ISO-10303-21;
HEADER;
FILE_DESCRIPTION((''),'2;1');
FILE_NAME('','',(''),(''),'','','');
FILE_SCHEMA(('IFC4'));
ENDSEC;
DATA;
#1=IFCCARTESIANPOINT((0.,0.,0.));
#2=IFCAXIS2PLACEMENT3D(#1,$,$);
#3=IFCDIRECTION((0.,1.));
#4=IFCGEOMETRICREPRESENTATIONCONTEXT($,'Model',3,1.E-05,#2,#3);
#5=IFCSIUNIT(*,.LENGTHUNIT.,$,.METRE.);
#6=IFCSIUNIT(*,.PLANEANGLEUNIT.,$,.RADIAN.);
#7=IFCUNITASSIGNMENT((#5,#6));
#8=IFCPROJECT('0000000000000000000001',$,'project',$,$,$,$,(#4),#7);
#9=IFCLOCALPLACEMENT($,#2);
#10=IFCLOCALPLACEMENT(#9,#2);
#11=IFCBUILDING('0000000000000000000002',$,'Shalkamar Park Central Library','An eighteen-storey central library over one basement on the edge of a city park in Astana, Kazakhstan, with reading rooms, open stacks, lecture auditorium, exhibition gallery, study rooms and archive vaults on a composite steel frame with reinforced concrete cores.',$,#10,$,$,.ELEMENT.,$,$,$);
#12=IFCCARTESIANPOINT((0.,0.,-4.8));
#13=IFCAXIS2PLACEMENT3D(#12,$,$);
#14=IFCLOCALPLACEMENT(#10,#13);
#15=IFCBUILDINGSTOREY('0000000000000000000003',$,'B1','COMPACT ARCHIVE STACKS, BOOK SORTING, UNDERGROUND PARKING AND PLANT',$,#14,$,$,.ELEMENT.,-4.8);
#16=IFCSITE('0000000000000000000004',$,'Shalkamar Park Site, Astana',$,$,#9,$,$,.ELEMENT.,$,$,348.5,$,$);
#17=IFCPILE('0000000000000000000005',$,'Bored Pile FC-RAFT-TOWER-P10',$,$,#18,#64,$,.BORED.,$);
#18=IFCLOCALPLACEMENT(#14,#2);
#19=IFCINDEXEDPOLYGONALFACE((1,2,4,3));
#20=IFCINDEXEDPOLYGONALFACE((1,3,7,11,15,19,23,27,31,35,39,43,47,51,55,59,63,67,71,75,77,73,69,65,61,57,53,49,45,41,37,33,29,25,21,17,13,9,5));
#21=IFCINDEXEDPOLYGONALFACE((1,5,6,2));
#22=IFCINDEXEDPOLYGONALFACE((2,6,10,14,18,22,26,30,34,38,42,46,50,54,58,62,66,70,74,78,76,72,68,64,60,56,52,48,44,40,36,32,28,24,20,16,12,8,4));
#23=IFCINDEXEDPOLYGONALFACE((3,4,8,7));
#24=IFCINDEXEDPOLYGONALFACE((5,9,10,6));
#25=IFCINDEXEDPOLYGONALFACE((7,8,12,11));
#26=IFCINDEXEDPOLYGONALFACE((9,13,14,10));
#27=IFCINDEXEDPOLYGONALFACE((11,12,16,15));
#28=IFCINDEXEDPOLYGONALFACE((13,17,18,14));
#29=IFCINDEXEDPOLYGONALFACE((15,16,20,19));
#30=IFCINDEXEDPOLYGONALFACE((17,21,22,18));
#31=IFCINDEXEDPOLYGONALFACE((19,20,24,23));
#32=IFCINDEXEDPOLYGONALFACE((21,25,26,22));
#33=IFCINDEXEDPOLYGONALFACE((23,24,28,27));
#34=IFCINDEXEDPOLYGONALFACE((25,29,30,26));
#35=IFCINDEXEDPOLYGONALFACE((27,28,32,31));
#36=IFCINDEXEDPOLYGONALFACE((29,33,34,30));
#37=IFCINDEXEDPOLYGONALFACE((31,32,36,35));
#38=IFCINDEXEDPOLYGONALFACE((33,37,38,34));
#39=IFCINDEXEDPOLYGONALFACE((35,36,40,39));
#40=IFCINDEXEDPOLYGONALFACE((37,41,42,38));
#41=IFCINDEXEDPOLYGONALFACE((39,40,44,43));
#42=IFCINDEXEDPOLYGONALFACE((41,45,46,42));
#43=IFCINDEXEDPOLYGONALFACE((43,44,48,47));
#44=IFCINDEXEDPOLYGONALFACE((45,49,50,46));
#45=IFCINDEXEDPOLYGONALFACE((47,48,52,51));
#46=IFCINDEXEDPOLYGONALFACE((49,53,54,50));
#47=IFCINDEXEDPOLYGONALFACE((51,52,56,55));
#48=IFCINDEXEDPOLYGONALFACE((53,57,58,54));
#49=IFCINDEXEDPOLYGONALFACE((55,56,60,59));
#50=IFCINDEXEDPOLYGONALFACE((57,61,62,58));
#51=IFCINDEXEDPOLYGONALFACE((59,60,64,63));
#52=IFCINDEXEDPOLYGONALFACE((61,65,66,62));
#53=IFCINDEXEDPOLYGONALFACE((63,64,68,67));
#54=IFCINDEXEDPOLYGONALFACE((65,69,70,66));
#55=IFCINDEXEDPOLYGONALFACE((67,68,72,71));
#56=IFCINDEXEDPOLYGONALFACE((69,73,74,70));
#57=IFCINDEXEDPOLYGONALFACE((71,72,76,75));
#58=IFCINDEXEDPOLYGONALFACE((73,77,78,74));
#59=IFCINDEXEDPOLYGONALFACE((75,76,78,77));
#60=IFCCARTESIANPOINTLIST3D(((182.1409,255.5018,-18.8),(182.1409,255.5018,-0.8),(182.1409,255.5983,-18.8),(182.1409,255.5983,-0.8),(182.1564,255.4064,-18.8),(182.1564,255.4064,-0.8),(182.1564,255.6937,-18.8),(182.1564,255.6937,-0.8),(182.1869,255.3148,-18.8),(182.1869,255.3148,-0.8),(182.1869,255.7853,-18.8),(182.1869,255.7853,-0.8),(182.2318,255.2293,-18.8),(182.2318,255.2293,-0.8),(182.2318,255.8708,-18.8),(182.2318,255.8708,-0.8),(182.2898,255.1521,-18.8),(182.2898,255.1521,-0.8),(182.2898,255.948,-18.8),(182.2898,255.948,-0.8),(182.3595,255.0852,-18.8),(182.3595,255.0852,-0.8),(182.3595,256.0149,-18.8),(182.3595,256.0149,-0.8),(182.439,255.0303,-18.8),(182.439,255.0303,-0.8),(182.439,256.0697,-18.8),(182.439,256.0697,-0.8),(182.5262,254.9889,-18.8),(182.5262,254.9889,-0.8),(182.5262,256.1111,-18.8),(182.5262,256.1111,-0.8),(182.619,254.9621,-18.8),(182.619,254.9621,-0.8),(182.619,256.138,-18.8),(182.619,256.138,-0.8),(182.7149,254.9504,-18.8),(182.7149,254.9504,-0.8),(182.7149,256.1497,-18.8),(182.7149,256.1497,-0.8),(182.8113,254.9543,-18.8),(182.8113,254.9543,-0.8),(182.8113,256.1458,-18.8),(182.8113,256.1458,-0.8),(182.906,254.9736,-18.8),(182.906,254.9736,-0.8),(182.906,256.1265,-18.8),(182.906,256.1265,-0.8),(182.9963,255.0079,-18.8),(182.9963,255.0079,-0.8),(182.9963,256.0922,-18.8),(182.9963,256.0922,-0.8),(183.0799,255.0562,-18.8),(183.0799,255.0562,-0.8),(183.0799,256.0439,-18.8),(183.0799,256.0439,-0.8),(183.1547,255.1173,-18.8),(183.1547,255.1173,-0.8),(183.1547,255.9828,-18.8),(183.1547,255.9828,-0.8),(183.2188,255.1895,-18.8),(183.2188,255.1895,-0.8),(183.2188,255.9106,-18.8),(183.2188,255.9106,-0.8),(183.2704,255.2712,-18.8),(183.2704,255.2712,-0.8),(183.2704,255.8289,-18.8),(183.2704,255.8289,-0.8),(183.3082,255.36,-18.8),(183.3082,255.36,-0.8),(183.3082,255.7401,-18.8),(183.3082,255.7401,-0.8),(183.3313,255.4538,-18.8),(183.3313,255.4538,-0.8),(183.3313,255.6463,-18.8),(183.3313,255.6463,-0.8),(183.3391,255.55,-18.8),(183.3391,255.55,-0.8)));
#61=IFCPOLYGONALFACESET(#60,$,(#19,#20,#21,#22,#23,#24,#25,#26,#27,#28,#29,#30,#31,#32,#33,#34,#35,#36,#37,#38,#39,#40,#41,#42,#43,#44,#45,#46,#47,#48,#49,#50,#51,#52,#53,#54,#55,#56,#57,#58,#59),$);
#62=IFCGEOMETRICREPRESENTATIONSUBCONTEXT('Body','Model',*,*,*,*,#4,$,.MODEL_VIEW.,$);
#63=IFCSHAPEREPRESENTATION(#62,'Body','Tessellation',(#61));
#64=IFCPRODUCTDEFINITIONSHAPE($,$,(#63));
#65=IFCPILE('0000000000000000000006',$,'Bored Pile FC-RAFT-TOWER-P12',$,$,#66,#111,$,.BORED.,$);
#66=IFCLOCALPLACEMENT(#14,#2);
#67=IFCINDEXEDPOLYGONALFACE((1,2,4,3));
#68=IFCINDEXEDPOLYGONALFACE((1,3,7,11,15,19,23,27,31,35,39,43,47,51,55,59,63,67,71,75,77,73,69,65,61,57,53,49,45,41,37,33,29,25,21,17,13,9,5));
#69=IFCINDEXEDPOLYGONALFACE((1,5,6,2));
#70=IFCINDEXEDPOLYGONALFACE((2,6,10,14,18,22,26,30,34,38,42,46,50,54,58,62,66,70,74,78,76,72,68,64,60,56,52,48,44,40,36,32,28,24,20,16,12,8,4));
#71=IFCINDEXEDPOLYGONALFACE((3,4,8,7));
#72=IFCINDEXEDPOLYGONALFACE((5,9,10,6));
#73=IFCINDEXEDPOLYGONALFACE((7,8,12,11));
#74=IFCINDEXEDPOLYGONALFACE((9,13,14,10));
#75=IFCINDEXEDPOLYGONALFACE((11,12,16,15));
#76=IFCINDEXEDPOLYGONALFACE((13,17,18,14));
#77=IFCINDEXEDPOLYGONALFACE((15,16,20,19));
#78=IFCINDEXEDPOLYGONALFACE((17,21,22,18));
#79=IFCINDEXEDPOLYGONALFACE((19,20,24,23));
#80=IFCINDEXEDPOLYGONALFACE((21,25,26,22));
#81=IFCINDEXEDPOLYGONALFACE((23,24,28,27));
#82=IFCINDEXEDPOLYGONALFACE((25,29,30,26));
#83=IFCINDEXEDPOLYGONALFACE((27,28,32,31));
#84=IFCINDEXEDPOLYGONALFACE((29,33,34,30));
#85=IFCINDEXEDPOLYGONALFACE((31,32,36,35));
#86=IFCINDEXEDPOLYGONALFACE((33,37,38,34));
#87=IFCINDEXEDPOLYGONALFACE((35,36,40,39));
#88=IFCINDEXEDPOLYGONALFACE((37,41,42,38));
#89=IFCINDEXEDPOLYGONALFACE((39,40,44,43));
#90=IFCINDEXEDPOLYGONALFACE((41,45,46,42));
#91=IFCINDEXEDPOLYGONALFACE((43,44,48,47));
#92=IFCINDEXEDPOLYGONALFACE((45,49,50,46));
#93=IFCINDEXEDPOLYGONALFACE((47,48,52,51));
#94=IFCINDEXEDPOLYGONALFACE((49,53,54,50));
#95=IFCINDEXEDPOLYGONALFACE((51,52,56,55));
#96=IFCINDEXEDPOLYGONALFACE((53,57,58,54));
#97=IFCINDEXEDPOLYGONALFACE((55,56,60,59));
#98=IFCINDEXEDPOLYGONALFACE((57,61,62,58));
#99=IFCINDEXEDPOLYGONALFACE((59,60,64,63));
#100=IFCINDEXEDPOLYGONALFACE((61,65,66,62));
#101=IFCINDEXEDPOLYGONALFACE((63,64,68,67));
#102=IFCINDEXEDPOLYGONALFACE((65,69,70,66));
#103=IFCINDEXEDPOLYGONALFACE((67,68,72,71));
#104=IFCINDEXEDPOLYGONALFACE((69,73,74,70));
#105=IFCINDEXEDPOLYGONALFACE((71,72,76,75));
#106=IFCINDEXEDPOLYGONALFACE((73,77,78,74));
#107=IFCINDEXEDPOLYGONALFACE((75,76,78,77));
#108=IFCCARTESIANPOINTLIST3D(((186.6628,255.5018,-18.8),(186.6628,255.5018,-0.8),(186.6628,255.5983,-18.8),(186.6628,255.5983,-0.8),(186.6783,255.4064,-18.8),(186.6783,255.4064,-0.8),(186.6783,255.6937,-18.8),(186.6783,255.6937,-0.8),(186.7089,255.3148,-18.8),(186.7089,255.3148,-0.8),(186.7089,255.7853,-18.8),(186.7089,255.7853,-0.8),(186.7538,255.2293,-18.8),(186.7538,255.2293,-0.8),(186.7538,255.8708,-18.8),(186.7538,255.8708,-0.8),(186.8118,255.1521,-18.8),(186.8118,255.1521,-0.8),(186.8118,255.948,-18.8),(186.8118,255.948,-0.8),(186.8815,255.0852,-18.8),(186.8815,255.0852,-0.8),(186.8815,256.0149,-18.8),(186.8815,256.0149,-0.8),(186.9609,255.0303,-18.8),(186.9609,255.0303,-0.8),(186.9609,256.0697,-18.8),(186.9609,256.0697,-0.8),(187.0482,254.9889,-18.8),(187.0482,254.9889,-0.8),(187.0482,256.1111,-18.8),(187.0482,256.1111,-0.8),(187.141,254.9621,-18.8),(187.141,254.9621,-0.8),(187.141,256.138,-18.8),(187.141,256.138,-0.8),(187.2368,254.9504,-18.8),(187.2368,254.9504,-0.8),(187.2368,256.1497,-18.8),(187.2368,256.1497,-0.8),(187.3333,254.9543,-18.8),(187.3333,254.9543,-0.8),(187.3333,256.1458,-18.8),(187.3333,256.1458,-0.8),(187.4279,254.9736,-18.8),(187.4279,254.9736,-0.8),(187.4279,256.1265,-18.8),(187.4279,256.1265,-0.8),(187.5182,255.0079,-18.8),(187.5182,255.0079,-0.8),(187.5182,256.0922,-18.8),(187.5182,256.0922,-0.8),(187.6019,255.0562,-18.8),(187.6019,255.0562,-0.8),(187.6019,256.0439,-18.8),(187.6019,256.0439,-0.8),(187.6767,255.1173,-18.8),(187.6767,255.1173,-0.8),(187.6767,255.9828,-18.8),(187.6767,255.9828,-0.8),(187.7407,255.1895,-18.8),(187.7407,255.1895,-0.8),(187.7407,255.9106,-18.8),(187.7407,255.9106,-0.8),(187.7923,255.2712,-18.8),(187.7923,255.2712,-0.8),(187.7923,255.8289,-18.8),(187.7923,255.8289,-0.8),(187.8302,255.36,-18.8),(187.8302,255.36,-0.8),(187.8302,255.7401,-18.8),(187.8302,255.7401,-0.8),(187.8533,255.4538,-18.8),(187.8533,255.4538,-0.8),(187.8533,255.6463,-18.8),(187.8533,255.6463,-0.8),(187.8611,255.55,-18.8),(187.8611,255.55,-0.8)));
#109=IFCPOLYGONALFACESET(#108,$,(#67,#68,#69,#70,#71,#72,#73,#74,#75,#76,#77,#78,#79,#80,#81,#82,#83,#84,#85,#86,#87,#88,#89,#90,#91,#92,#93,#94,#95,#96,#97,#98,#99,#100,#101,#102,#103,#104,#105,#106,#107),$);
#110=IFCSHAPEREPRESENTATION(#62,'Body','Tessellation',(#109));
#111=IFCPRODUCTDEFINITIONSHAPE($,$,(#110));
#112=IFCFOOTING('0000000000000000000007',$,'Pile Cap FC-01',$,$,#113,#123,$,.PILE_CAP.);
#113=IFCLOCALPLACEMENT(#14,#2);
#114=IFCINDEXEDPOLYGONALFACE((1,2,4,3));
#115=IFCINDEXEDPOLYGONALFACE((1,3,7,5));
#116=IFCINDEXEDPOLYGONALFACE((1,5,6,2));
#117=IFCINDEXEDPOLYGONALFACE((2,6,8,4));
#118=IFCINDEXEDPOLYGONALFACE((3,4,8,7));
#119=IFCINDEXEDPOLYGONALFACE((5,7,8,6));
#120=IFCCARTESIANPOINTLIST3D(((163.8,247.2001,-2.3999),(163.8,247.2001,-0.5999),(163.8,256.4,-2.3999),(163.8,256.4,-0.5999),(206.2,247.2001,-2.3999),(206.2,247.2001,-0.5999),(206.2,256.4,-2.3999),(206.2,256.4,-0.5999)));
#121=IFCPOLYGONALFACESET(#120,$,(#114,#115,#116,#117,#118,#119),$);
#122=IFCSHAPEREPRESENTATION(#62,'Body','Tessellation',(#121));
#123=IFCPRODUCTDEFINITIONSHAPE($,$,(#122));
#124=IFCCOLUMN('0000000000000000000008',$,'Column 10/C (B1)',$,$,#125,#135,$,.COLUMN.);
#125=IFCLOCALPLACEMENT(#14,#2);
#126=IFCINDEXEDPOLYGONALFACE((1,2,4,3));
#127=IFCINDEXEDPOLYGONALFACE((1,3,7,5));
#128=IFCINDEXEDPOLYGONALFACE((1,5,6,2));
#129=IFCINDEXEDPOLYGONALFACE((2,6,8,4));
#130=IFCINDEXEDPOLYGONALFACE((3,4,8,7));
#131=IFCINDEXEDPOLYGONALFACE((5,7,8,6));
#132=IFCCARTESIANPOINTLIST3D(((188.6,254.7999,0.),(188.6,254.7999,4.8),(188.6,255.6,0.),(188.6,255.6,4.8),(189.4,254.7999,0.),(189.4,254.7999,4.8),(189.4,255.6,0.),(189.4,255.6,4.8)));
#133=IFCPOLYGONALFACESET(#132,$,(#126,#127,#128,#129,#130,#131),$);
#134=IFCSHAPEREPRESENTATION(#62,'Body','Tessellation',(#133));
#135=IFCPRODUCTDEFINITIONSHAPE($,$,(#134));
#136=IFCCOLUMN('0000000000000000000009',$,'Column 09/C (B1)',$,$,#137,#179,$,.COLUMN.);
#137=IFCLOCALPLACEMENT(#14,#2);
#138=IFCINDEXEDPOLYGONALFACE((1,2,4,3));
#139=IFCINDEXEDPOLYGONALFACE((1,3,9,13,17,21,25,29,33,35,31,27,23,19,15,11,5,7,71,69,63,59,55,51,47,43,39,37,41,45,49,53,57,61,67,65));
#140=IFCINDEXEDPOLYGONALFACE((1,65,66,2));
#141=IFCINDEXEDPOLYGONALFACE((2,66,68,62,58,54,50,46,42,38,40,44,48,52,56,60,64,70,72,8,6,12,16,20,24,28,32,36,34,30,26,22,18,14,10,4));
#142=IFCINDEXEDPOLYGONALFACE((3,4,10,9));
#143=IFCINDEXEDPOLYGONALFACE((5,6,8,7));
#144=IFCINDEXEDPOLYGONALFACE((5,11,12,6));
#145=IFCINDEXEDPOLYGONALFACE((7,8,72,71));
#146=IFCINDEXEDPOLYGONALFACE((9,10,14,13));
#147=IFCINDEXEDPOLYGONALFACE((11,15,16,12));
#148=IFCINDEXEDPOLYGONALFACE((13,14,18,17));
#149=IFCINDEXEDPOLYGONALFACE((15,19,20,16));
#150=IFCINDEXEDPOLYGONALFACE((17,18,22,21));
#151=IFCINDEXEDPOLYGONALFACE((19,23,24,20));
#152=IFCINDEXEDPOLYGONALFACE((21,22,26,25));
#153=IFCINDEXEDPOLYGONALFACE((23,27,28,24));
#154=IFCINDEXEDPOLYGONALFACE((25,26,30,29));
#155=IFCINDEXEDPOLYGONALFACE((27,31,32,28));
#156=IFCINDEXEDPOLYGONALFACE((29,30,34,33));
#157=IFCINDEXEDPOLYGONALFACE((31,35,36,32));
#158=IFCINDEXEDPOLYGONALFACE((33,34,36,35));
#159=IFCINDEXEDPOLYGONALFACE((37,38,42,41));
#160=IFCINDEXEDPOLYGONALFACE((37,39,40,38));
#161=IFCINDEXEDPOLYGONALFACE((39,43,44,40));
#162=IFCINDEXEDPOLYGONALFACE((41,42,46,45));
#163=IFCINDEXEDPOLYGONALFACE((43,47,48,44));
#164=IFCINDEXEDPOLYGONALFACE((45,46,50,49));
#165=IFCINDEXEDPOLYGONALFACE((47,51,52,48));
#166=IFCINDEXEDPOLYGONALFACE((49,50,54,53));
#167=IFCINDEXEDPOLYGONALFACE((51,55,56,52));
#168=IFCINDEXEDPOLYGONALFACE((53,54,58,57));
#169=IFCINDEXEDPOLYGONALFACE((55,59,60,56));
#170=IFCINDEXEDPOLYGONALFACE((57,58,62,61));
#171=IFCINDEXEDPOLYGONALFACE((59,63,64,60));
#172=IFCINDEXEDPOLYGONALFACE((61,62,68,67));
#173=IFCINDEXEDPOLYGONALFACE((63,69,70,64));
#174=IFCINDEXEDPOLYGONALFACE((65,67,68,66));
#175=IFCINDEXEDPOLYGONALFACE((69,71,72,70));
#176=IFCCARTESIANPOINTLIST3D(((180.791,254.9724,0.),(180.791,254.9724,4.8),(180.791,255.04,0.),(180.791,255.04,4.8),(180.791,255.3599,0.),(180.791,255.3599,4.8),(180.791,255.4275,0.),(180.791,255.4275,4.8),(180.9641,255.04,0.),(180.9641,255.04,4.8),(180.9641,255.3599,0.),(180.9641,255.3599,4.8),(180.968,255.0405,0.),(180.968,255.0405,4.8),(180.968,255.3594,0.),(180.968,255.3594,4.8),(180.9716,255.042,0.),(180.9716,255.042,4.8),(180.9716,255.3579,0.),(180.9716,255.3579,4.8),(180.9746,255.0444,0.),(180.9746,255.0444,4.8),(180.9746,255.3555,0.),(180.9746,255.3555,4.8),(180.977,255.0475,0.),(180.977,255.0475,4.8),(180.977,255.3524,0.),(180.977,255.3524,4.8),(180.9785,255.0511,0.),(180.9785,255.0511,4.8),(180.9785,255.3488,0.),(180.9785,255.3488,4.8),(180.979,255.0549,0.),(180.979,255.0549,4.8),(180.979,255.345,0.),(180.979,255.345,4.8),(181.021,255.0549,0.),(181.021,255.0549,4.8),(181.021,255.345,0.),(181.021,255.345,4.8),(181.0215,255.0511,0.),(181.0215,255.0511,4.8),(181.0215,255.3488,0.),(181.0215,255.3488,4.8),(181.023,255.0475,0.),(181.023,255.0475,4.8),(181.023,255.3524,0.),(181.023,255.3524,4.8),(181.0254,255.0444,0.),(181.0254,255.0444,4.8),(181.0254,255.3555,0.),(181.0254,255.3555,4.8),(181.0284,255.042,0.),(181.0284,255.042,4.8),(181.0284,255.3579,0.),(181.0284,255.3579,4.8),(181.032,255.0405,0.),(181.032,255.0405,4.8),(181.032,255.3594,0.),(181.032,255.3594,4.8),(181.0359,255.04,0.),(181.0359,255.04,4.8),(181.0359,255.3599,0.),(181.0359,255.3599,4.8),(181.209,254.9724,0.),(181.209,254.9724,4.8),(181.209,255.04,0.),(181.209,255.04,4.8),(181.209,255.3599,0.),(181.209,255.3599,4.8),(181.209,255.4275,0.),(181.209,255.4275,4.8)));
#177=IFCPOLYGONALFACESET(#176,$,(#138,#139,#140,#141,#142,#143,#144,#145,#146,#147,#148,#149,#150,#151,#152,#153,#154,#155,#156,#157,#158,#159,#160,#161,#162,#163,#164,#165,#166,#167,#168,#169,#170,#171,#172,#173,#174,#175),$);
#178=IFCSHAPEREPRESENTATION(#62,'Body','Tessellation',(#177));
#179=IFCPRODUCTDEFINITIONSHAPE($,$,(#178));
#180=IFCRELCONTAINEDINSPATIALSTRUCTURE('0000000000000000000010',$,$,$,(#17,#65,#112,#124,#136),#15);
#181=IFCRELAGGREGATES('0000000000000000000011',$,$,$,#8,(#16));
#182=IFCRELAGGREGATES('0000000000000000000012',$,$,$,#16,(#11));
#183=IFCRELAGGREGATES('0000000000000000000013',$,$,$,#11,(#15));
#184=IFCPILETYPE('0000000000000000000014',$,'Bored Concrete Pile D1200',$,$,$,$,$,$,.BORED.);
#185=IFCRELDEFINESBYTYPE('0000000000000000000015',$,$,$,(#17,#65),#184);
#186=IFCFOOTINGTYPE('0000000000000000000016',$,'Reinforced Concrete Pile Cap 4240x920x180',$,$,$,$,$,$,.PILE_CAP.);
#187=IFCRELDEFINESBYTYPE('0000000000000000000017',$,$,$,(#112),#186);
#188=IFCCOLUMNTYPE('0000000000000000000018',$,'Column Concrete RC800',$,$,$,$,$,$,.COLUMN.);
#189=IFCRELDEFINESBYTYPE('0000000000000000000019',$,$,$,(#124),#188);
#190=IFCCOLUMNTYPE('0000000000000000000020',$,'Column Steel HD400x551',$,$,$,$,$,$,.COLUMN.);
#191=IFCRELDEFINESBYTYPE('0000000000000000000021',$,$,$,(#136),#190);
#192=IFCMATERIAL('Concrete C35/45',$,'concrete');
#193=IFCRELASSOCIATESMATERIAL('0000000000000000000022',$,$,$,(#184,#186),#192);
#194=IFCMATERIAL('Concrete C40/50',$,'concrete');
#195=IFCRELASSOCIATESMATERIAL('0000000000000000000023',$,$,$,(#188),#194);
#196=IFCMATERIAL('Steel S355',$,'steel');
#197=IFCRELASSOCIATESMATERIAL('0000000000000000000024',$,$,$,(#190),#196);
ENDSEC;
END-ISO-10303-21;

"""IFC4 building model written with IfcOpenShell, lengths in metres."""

from ifc_helpers import new_model, si_unit, direction, frame, origin, origin_2d, place, context, subcontext, project, spatial, rectangle, circle, i_section, extrude, material, material_profile, profile_set, type_object, element, save


model = new_model("IFC4")

# Units and contexts
model_context = context("Model", 3, precision=1e-05, world=origin(), true_north=direction((0.0, 1.0)))
body_context = subcontext(model_context, "Body", "Model", "MODEL_VIEW")
ifc_project = project(units=[si_unit("LENGTHUNIT", "METRE"), si_unit("PLANEANGLEUNIT", "RADIAN")], contexts=[model_context])

# Site, building, storey
site_placement = place(None, origin())
site = spatial("IfcSite", under=ifc_project, at=site_placement, Name="Shalkamar Park Site, Astana", CompositionType="ELEMENT", RefElevation=348.5)
building_placement = place(site_placement, origin())
building = spatial("IfcBuilding", under=site, at=building_placement, Name="Shalkamar Park Central Library", Description="An eighteen-storey central library over one basement on the edge of a city park in Astana, Kazakhstan, with reading rooms, open stacks, lecture auditorium, exhibition gallery, study rooms and archive vaults on a composite steel frame with reinforced concrete cores.", CompositionType="ELEMENT")
storey_placement = place(building_placement, frame((0.0, 0.0, -4.8)))
storey = spatial("IfcBuildingStorey", under=building, at=storey_placement, Name="B1", Description="COMPACT ARCHIVE STACKS, BOOK SORTING, UNDERGROUND PARKING AND PLANT", CompositionType="ELEMENT", Elevation=-4.8)

# Piles
ifc_material_1 = material(Name="Concrete C35/45", Category="concrete")
ifc_material_profile_1 = material_profile(ifc_material_1, circle(Radius=0.6001, at=origin_2d()), Name="PILE D1200")
ifc_profile_set_1 = profile_set([ifc_material_profile_1], Name="Concrete C35/45")
pile_type = type_object("IfcPileType", Name="Bored Concrete Pile D1200", PredefinedType="BORED", material=ifc_profile_set_1)
for number, where, z_axis, x_axis, name in (
    (1, (182.739, 255.55, -0.8), (0.0, 0.0, -1.0), (1.0, 0.0, 0.0), "Bored Pile FC-RAFT-TOWER-P10"),
    (2, (187.261, 255.55, -0.8), (0.0, 0.0, -1.0), (1.0, 0.0, 0.0), "Bored Pile FC-RAFT-TOWER-P12"),
):
    element("IfcPile", number, at=place(storey_placement, frame(where, z_axis=z_axis, x_axis=x_axis)), inside=storey, type_object=pile_type, Name=name, PredefinedType="BORED", context=body_context, shape_type="SweptSolid", body=[
        extrude(circle(Radius=0.6001, at=origin_2d()), origin(), (0.0, 0.0, 1.0), 18.0),
    ])

# Footing
footing_type = type_object("IfcFootingType", Name="Reinforced Concrete Pile Cap 4240x920x180", PredefinedType="PILE_CAP", material=ifc_material_1)
footing_placement = place(storey_placement, frame((185.0, 251.8, -2.3999), z_axis=(0.0, 0.0, 1.0), x_axis=(1.0, 0.0, 0.0)))
element("IfcFooting", 3, at=footing_placement, inside=storey, type_object=footing_type, Name="Pile Cap FC-01", PredefinedType="PILE_CAP", context=body_context, shape_type="SweptSolid", body=[
    extrude(rectangle(XDim=42.3999, YDim=9.2, at=origin_2d()), origin(), (0.0, 0.0, 1.0), 1.8),
])

# Columns
ifc_material_2 = material(Name="Concrete C40/50", Category="concrete")
ifc_material_profile_2 = material_profile(ifc_material_2, rectangle(XDim=0.8, YDim=0.8, at=origin_2d()), Name="RC 800x800")
ifc_profile_set_2 = profile_set([ifc_material_profile_2], Name="Concrete C40/50")
column_type_1 = type_object("IfcColumnType", Name="Column Concrete RC800", PredefinedType="COLUMN", material=ifc_profile_set_2)
column_placement = place(storey_placement, frame((189.0, 255.2, 0.0), z_axis=(0.0, 0.0, 1.0), x_axis=(1.0, 0.0, 0.0)))
element("IfcColumn", 4, at=column_placement, inside=storey, type_object=column_type_1, Name="Column 10/C (B1)", PredefinedType="COLUMN", context=body_context, shape_type="SweptSolid", body=[
    extrude(rectangle(XDim=0.8, YDim=0.8, at=origin_2d()), origin(), (0.0, 0.0, 1.0), 4.8),
])
ifc_material_3 = material(Name="Steel S355", Category="steel")
ifc_material_profile_3 = material_profile(ifc_material_3, i_section(OverallWidth=0.418, OverallDepth=0.4551, WebThickness=0.042, FlangeThickness=0.0676, FilletRadius=0.0149, at=origin_2d()), Name="HD 400x551")
ifc_profile_set_3 = profile_set([ifc_material_profile_3], Name="Steel S355")
column_type_2 = type_object("IfcColumnType", Name="Column Steel HD400x551", PredefinedType="COLUMN", material=ifc_profile_set_3)
for number, where, z_axis, x_axis, name in (
    (5, (181.0, 255.2, 0.0), (0.0, 0.0, 1.0), (1.0, 0.0, 0.0), "Column 09/C (B1)"),
):
    element("IfcColumn", number, at=place(storey_placement, frame(where, z_axis=z_axis, x_axis=x_axis)), inside=storey, type_object=column_type_2, Name=name, PredefinedType="COLUMN", context=body_context, shape_type="SweptSolid", body=[
        extrude(i_section(OverallWidth=0.418, OverallDepth=0.4551, WebThickness=0.042, FlangeThickness=0.0676, FilletRadius=0.0149, at=origin_2d()), origin(), (0.0, 0.0, 1.0), 4.8),
    ])

save(model, "model.ifc")
